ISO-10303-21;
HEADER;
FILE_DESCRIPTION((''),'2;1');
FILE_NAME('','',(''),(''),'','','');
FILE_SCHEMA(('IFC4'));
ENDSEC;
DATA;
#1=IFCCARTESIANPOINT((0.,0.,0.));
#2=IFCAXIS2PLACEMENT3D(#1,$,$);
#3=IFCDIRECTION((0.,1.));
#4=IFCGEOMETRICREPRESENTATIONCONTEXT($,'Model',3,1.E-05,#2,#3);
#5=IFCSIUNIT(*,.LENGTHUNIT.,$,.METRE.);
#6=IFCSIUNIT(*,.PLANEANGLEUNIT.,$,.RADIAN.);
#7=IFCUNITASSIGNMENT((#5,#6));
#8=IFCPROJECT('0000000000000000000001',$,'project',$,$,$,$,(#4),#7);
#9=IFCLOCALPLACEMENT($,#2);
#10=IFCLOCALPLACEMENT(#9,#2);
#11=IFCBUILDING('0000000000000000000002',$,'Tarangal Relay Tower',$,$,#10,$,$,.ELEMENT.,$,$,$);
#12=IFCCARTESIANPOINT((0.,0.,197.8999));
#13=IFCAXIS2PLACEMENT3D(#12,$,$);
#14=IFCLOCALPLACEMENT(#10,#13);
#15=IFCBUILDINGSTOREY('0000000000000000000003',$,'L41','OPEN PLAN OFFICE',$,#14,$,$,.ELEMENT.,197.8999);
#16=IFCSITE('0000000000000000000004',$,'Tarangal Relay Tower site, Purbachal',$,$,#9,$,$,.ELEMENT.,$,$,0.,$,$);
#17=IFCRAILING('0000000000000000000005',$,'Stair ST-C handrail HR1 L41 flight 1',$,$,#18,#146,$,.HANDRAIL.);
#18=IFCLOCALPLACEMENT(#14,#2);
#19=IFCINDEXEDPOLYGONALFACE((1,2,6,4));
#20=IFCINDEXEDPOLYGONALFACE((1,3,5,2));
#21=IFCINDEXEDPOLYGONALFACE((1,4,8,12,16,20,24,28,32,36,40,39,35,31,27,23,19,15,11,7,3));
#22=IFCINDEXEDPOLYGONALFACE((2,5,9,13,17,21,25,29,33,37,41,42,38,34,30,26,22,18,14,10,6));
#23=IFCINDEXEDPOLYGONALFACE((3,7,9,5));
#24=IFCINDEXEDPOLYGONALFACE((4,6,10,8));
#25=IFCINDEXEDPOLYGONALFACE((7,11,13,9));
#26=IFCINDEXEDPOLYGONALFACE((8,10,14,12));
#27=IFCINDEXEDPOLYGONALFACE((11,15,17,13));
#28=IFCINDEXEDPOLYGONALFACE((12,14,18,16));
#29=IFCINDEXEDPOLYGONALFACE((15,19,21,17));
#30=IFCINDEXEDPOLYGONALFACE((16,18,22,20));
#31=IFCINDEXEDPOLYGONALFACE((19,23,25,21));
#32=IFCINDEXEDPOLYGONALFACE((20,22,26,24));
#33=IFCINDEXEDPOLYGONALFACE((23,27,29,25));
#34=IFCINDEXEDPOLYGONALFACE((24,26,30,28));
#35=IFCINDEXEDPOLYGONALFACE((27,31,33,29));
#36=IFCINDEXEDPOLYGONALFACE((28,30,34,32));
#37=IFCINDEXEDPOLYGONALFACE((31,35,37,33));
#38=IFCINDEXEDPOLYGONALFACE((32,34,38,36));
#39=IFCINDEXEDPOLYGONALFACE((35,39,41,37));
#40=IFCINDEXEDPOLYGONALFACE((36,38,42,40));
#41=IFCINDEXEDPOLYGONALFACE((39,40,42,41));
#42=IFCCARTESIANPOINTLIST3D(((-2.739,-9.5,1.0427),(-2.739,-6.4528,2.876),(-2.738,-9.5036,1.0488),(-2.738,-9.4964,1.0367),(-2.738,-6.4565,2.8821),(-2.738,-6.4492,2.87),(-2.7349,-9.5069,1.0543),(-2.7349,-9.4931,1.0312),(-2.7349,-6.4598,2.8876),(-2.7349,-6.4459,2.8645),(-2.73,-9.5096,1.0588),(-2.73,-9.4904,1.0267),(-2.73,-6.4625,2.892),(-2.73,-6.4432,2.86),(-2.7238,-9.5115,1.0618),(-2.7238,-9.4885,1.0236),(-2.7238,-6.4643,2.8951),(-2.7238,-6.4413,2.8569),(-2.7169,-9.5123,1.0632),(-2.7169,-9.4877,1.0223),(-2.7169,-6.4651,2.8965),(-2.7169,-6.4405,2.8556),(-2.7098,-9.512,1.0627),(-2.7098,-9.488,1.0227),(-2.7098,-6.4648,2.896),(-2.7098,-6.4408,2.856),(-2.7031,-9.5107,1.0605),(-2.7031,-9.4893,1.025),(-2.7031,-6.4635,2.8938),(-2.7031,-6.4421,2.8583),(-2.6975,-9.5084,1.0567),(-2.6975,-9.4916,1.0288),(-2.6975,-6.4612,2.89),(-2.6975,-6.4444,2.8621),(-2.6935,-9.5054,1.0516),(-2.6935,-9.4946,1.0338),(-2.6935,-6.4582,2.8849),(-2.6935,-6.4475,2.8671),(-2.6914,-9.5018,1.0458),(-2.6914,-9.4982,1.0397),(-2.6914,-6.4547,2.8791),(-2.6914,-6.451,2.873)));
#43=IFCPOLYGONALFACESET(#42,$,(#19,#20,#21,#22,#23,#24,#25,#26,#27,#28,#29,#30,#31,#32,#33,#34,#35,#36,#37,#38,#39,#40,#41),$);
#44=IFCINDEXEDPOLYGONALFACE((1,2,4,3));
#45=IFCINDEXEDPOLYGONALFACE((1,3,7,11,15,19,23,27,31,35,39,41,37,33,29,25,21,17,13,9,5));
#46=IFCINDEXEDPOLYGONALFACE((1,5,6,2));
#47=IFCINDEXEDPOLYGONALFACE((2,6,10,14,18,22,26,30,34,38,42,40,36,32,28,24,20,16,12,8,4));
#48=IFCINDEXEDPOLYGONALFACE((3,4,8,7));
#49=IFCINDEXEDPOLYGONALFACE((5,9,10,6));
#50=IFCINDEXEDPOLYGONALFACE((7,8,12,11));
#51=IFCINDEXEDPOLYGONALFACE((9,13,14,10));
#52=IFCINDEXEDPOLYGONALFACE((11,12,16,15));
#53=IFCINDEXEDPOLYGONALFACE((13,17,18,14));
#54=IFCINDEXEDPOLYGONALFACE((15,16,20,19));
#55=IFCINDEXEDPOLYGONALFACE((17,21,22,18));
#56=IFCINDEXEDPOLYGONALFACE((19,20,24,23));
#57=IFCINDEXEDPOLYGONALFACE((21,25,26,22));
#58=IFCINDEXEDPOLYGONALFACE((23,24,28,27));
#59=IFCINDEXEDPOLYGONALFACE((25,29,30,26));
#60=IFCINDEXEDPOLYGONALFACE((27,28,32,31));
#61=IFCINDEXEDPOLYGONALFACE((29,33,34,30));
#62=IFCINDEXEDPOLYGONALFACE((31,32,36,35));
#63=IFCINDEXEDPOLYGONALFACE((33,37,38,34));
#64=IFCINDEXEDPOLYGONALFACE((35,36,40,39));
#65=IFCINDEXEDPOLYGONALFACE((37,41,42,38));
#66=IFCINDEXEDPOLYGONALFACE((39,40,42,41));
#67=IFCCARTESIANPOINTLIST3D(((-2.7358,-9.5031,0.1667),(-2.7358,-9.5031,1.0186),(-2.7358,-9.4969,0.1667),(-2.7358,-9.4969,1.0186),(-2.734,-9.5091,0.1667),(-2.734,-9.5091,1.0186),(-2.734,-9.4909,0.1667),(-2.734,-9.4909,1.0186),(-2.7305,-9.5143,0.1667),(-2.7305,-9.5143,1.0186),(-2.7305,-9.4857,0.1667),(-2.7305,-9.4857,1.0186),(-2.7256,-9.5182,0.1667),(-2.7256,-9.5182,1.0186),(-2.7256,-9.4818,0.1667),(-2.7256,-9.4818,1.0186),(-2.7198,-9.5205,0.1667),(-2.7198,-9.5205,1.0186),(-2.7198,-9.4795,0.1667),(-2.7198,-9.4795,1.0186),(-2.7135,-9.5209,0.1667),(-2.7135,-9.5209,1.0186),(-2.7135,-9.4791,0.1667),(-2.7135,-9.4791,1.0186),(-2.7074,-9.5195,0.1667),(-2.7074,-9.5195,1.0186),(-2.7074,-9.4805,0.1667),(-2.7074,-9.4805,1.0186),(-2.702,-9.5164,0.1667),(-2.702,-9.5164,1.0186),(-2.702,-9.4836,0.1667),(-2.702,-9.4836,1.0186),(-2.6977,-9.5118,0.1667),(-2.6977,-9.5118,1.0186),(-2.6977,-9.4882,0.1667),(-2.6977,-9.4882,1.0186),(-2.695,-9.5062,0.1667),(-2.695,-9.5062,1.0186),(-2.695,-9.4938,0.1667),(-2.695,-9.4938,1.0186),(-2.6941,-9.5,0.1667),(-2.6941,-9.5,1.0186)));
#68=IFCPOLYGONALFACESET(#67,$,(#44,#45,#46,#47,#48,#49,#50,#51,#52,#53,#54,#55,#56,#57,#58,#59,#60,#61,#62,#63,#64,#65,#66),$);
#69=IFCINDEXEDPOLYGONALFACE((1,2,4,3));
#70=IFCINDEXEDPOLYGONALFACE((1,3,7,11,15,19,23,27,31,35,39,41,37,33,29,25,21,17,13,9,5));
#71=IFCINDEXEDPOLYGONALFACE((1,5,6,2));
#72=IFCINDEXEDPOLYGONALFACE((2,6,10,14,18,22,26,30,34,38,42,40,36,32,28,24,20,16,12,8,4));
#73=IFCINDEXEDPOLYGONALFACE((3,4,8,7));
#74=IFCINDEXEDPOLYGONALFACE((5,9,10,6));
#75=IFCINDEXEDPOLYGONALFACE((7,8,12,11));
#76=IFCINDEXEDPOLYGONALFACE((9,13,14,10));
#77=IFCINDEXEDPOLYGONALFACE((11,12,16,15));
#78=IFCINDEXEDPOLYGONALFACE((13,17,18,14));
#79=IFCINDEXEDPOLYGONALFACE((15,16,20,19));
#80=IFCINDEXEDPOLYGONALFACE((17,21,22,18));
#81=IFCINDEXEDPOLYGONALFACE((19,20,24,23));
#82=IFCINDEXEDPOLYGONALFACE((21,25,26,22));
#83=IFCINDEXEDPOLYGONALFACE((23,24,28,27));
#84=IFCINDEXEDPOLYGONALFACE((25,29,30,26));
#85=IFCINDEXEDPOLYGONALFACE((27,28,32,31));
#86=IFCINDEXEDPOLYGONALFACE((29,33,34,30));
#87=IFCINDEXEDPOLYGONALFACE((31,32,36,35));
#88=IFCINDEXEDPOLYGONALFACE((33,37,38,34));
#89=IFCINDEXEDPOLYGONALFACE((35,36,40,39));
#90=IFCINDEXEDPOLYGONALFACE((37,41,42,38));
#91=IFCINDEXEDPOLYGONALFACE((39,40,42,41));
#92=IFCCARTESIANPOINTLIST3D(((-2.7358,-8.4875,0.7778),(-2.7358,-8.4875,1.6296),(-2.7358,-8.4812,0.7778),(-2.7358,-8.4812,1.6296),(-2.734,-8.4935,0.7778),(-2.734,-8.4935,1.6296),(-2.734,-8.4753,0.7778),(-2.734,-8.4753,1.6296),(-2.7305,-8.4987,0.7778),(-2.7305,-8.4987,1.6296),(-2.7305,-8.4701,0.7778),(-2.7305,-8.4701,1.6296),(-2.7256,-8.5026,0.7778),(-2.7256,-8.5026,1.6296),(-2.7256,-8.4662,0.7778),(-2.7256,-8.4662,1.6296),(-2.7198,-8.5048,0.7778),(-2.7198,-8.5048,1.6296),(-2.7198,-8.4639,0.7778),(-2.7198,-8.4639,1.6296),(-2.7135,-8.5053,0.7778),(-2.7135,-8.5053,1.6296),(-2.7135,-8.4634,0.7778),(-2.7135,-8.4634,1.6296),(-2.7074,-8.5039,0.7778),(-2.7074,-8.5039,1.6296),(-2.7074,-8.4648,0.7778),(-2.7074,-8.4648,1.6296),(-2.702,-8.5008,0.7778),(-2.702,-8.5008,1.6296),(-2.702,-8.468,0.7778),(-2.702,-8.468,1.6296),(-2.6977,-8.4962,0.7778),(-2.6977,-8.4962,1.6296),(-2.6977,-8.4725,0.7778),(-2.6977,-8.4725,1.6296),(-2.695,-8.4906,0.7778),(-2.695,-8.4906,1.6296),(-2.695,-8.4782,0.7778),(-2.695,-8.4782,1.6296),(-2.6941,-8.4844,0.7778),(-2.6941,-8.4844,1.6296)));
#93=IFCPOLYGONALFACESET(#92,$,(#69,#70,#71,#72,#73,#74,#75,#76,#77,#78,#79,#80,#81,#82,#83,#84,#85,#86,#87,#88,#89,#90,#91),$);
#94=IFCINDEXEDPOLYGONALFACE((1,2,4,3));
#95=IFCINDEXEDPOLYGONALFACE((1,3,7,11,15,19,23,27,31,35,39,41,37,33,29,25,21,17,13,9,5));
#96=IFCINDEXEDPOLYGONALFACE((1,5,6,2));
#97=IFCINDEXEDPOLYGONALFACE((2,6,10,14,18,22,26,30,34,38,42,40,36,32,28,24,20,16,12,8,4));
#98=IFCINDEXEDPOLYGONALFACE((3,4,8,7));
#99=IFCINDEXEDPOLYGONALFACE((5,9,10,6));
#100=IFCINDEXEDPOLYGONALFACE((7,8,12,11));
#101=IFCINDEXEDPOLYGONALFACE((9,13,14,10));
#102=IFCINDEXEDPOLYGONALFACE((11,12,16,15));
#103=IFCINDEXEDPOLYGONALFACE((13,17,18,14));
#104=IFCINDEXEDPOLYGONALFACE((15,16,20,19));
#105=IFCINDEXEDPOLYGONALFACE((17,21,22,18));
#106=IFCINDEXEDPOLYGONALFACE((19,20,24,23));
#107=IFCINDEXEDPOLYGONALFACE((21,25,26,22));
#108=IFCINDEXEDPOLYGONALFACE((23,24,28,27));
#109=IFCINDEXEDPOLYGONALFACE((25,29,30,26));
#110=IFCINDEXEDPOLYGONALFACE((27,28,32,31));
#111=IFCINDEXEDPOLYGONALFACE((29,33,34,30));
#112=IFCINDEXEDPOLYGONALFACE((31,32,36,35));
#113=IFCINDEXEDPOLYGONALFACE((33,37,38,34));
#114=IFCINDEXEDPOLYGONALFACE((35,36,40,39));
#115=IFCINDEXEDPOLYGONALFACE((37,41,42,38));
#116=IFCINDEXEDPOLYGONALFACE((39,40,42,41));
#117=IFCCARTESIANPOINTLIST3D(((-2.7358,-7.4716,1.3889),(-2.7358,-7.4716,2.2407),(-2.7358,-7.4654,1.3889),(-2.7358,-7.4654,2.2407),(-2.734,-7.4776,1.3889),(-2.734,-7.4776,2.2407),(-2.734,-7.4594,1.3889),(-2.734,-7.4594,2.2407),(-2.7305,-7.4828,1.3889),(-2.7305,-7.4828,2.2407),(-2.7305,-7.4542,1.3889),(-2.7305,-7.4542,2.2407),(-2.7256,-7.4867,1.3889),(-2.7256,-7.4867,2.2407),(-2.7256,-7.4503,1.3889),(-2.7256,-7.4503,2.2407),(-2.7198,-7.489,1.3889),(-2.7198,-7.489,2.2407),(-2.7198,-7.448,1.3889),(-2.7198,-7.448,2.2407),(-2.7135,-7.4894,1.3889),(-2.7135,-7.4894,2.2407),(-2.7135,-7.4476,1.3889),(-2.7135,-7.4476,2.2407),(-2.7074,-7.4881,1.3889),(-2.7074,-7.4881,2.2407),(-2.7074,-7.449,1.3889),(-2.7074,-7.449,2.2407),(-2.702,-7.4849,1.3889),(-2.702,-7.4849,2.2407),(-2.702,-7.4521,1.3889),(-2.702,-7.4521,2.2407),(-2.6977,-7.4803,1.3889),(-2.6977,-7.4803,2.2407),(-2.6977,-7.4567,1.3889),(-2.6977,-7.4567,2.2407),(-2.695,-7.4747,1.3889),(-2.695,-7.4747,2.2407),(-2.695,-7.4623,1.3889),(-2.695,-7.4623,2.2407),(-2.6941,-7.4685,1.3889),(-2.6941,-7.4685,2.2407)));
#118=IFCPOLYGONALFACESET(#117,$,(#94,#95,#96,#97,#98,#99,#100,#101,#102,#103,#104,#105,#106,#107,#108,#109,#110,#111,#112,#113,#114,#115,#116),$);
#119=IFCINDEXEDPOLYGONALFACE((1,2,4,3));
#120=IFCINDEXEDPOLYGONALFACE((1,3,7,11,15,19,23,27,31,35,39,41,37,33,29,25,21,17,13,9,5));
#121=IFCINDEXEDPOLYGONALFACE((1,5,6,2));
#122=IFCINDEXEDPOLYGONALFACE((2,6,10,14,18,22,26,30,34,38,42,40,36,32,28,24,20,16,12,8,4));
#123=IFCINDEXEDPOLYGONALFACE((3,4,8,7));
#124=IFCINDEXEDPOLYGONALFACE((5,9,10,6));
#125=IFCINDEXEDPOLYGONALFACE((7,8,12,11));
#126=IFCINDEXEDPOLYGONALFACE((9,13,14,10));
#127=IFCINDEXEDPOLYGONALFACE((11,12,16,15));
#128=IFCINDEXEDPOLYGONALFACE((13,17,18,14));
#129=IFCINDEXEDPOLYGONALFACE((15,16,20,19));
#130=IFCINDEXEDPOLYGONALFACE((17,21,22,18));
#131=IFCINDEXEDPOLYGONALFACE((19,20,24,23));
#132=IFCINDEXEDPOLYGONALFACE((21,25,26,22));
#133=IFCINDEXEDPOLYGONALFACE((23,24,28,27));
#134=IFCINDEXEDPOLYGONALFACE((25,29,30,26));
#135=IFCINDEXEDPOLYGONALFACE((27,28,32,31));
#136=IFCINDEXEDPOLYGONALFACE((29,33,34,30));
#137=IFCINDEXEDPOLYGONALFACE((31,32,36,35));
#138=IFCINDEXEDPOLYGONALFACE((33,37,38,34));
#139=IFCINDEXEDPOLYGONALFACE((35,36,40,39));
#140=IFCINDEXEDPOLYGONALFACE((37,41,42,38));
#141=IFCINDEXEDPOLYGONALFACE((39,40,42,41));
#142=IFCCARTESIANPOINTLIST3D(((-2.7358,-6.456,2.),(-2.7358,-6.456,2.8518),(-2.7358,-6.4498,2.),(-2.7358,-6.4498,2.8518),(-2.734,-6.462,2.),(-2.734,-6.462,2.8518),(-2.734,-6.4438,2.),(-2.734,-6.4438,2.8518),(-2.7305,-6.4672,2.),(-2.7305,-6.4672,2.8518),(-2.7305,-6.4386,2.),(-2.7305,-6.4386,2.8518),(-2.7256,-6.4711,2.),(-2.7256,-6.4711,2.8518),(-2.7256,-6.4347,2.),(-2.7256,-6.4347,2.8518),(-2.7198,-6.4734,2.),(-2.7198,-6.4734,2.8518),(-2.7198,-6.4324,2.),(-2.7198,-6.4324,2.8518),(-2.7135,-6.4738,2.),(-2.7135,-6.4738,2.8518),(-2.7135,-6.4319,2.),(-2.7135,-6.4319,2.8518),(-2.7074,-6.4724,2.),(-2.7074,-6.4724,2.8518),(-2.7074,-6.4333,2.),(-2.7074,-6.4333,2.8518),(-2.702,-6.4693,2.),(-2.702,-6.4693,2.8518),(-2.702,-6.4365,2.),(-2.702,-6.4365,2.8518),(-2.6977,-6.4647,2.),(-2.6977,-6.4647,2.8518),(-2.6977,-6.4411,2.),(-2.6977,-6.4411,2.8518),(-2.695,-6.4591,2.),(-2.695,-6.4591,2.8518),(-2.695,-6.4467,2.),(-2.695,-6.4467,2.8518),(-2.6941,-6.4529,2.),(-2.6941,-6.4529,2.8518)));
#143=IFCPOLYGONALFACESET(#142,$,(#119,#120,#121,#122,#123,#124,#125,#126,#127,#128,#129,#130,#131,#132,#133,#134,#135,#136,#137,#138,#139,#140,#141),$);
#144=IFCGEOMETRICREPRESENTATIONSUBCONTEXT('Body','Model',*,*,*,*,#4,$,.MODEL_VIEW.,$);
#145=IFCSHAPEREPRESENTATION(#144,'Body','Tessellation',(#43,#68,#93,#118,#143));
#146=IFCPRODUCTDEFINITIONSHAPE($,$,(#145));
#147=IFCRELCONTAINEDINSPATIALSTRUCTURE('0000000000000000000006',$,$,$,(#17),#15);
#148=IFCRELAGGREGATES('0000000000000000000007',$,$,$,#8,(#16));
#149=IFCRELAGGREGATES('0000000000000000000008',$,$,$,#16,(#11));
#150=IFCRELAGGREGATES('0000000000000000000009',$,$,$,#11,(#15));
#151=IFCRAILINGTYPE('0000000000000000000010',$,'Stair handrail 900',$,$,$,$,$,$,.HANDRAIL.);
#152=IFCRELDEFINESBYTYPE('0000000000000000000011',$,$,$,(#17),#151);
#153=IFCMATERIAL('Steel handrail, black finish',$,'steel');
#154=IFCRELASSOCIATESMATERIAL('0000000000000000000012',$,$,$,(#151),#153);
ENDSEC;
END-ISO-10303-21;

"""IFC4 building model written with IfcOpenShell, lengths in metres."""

from ifc_helpers import new_model, si_unit, direction, frame, origin, origin_2d, place, context, subcontext, project, spatial, circle, extrude, material, type_object, element, save


model = new_model("IFC4")

# Units and contexts
model_context = context("Model", 3, precision=1e-05, world=origin(), true_north=direction((0.0, 1.0)))
body_context = subcontext(model_context, "Body", "Model", "MODEL_VIEW")
ifc_project = project(units=[si_unit("LENGTHUNIT", "METRE"), si_unit("PLANEANGLEUNIT", "RADIAN")], contexts=[model_context])

# Site, building, storey
site_placement = place(None, origin())
site = spatial("IfcSite", under=ifc_project, at=site_placement, Name="Tarangal Relay Tower site, Purbachal", CompositionType="ELEMENT", RefElevation=0.0)
building_placement = place(site_placement, origin())
building = spatial("IfcBuilding", under=site, at=building_placement, Name="Tarangal Relay Tower", CompositionType="ELEMENT")
storey_placement = place(building_placement, frame((0.0, 0.0, 197.8999)))
storey = spatial("IfcBuildingStorey", under=building, at=storey_placement, Name="L41", Description="OPEN PLAN OFFICE", CompositionType="ELEMENT", Elevation=197.8999)

# Railing
ifc_material_1 = material(Name="Steel handrail, black finish", Category="steel")
railing_type_1 = type_object("IfcRailingType", Name="Stair handrail 900", PredefinedType="HANDRAIL", material=ifc_material_1)
railing_1_placement = place(storey_placement, frame((-2.7151, -9.5, 0.1667)))
element("IfcRailing", 1, at=railing_1_placement, inside=storey, type_object=railing_type_1, Name="Stair ST-C handrail HR1 L41 flight 1", PredefinedType="HANDRAIL", context=body_context, shape_type="SweptSolid", body=[
    extrude(circle(Radius=0.0239, at=origin_2d()), frame((0.0, 0.0, 0.876), z_axis=(0.0, 0.856874, 0.515525), x_axis=(-1.0, 0.0, 0.0)), (0.0, 0.0, 1.0), 3.5562),
    extrude(circle(Radius=0.021, at=origin_2d()), origin(), (0.0, 0.0, 1.0), 0.8518),
    extrude(circle(Radius=0.021, at=origin_2d()), frame((0.0, 1.0156, 0.6111)), (0.0, 0.0, 1.0), 0.8518),
    extrude(circle(Radius=0.021, at=origin_2d()), frame((0.0, 2.0315, 1.2222)), (0.0, 0.0, 1.0), 0.8518),
    extrude(circle(Radius=0.021, at=origin_2d()), frame((0.0, 3.0471, 1.8333)), (0.0, 0.0, 1.0), 0.8518),
])

save(model, "model.ifc")
